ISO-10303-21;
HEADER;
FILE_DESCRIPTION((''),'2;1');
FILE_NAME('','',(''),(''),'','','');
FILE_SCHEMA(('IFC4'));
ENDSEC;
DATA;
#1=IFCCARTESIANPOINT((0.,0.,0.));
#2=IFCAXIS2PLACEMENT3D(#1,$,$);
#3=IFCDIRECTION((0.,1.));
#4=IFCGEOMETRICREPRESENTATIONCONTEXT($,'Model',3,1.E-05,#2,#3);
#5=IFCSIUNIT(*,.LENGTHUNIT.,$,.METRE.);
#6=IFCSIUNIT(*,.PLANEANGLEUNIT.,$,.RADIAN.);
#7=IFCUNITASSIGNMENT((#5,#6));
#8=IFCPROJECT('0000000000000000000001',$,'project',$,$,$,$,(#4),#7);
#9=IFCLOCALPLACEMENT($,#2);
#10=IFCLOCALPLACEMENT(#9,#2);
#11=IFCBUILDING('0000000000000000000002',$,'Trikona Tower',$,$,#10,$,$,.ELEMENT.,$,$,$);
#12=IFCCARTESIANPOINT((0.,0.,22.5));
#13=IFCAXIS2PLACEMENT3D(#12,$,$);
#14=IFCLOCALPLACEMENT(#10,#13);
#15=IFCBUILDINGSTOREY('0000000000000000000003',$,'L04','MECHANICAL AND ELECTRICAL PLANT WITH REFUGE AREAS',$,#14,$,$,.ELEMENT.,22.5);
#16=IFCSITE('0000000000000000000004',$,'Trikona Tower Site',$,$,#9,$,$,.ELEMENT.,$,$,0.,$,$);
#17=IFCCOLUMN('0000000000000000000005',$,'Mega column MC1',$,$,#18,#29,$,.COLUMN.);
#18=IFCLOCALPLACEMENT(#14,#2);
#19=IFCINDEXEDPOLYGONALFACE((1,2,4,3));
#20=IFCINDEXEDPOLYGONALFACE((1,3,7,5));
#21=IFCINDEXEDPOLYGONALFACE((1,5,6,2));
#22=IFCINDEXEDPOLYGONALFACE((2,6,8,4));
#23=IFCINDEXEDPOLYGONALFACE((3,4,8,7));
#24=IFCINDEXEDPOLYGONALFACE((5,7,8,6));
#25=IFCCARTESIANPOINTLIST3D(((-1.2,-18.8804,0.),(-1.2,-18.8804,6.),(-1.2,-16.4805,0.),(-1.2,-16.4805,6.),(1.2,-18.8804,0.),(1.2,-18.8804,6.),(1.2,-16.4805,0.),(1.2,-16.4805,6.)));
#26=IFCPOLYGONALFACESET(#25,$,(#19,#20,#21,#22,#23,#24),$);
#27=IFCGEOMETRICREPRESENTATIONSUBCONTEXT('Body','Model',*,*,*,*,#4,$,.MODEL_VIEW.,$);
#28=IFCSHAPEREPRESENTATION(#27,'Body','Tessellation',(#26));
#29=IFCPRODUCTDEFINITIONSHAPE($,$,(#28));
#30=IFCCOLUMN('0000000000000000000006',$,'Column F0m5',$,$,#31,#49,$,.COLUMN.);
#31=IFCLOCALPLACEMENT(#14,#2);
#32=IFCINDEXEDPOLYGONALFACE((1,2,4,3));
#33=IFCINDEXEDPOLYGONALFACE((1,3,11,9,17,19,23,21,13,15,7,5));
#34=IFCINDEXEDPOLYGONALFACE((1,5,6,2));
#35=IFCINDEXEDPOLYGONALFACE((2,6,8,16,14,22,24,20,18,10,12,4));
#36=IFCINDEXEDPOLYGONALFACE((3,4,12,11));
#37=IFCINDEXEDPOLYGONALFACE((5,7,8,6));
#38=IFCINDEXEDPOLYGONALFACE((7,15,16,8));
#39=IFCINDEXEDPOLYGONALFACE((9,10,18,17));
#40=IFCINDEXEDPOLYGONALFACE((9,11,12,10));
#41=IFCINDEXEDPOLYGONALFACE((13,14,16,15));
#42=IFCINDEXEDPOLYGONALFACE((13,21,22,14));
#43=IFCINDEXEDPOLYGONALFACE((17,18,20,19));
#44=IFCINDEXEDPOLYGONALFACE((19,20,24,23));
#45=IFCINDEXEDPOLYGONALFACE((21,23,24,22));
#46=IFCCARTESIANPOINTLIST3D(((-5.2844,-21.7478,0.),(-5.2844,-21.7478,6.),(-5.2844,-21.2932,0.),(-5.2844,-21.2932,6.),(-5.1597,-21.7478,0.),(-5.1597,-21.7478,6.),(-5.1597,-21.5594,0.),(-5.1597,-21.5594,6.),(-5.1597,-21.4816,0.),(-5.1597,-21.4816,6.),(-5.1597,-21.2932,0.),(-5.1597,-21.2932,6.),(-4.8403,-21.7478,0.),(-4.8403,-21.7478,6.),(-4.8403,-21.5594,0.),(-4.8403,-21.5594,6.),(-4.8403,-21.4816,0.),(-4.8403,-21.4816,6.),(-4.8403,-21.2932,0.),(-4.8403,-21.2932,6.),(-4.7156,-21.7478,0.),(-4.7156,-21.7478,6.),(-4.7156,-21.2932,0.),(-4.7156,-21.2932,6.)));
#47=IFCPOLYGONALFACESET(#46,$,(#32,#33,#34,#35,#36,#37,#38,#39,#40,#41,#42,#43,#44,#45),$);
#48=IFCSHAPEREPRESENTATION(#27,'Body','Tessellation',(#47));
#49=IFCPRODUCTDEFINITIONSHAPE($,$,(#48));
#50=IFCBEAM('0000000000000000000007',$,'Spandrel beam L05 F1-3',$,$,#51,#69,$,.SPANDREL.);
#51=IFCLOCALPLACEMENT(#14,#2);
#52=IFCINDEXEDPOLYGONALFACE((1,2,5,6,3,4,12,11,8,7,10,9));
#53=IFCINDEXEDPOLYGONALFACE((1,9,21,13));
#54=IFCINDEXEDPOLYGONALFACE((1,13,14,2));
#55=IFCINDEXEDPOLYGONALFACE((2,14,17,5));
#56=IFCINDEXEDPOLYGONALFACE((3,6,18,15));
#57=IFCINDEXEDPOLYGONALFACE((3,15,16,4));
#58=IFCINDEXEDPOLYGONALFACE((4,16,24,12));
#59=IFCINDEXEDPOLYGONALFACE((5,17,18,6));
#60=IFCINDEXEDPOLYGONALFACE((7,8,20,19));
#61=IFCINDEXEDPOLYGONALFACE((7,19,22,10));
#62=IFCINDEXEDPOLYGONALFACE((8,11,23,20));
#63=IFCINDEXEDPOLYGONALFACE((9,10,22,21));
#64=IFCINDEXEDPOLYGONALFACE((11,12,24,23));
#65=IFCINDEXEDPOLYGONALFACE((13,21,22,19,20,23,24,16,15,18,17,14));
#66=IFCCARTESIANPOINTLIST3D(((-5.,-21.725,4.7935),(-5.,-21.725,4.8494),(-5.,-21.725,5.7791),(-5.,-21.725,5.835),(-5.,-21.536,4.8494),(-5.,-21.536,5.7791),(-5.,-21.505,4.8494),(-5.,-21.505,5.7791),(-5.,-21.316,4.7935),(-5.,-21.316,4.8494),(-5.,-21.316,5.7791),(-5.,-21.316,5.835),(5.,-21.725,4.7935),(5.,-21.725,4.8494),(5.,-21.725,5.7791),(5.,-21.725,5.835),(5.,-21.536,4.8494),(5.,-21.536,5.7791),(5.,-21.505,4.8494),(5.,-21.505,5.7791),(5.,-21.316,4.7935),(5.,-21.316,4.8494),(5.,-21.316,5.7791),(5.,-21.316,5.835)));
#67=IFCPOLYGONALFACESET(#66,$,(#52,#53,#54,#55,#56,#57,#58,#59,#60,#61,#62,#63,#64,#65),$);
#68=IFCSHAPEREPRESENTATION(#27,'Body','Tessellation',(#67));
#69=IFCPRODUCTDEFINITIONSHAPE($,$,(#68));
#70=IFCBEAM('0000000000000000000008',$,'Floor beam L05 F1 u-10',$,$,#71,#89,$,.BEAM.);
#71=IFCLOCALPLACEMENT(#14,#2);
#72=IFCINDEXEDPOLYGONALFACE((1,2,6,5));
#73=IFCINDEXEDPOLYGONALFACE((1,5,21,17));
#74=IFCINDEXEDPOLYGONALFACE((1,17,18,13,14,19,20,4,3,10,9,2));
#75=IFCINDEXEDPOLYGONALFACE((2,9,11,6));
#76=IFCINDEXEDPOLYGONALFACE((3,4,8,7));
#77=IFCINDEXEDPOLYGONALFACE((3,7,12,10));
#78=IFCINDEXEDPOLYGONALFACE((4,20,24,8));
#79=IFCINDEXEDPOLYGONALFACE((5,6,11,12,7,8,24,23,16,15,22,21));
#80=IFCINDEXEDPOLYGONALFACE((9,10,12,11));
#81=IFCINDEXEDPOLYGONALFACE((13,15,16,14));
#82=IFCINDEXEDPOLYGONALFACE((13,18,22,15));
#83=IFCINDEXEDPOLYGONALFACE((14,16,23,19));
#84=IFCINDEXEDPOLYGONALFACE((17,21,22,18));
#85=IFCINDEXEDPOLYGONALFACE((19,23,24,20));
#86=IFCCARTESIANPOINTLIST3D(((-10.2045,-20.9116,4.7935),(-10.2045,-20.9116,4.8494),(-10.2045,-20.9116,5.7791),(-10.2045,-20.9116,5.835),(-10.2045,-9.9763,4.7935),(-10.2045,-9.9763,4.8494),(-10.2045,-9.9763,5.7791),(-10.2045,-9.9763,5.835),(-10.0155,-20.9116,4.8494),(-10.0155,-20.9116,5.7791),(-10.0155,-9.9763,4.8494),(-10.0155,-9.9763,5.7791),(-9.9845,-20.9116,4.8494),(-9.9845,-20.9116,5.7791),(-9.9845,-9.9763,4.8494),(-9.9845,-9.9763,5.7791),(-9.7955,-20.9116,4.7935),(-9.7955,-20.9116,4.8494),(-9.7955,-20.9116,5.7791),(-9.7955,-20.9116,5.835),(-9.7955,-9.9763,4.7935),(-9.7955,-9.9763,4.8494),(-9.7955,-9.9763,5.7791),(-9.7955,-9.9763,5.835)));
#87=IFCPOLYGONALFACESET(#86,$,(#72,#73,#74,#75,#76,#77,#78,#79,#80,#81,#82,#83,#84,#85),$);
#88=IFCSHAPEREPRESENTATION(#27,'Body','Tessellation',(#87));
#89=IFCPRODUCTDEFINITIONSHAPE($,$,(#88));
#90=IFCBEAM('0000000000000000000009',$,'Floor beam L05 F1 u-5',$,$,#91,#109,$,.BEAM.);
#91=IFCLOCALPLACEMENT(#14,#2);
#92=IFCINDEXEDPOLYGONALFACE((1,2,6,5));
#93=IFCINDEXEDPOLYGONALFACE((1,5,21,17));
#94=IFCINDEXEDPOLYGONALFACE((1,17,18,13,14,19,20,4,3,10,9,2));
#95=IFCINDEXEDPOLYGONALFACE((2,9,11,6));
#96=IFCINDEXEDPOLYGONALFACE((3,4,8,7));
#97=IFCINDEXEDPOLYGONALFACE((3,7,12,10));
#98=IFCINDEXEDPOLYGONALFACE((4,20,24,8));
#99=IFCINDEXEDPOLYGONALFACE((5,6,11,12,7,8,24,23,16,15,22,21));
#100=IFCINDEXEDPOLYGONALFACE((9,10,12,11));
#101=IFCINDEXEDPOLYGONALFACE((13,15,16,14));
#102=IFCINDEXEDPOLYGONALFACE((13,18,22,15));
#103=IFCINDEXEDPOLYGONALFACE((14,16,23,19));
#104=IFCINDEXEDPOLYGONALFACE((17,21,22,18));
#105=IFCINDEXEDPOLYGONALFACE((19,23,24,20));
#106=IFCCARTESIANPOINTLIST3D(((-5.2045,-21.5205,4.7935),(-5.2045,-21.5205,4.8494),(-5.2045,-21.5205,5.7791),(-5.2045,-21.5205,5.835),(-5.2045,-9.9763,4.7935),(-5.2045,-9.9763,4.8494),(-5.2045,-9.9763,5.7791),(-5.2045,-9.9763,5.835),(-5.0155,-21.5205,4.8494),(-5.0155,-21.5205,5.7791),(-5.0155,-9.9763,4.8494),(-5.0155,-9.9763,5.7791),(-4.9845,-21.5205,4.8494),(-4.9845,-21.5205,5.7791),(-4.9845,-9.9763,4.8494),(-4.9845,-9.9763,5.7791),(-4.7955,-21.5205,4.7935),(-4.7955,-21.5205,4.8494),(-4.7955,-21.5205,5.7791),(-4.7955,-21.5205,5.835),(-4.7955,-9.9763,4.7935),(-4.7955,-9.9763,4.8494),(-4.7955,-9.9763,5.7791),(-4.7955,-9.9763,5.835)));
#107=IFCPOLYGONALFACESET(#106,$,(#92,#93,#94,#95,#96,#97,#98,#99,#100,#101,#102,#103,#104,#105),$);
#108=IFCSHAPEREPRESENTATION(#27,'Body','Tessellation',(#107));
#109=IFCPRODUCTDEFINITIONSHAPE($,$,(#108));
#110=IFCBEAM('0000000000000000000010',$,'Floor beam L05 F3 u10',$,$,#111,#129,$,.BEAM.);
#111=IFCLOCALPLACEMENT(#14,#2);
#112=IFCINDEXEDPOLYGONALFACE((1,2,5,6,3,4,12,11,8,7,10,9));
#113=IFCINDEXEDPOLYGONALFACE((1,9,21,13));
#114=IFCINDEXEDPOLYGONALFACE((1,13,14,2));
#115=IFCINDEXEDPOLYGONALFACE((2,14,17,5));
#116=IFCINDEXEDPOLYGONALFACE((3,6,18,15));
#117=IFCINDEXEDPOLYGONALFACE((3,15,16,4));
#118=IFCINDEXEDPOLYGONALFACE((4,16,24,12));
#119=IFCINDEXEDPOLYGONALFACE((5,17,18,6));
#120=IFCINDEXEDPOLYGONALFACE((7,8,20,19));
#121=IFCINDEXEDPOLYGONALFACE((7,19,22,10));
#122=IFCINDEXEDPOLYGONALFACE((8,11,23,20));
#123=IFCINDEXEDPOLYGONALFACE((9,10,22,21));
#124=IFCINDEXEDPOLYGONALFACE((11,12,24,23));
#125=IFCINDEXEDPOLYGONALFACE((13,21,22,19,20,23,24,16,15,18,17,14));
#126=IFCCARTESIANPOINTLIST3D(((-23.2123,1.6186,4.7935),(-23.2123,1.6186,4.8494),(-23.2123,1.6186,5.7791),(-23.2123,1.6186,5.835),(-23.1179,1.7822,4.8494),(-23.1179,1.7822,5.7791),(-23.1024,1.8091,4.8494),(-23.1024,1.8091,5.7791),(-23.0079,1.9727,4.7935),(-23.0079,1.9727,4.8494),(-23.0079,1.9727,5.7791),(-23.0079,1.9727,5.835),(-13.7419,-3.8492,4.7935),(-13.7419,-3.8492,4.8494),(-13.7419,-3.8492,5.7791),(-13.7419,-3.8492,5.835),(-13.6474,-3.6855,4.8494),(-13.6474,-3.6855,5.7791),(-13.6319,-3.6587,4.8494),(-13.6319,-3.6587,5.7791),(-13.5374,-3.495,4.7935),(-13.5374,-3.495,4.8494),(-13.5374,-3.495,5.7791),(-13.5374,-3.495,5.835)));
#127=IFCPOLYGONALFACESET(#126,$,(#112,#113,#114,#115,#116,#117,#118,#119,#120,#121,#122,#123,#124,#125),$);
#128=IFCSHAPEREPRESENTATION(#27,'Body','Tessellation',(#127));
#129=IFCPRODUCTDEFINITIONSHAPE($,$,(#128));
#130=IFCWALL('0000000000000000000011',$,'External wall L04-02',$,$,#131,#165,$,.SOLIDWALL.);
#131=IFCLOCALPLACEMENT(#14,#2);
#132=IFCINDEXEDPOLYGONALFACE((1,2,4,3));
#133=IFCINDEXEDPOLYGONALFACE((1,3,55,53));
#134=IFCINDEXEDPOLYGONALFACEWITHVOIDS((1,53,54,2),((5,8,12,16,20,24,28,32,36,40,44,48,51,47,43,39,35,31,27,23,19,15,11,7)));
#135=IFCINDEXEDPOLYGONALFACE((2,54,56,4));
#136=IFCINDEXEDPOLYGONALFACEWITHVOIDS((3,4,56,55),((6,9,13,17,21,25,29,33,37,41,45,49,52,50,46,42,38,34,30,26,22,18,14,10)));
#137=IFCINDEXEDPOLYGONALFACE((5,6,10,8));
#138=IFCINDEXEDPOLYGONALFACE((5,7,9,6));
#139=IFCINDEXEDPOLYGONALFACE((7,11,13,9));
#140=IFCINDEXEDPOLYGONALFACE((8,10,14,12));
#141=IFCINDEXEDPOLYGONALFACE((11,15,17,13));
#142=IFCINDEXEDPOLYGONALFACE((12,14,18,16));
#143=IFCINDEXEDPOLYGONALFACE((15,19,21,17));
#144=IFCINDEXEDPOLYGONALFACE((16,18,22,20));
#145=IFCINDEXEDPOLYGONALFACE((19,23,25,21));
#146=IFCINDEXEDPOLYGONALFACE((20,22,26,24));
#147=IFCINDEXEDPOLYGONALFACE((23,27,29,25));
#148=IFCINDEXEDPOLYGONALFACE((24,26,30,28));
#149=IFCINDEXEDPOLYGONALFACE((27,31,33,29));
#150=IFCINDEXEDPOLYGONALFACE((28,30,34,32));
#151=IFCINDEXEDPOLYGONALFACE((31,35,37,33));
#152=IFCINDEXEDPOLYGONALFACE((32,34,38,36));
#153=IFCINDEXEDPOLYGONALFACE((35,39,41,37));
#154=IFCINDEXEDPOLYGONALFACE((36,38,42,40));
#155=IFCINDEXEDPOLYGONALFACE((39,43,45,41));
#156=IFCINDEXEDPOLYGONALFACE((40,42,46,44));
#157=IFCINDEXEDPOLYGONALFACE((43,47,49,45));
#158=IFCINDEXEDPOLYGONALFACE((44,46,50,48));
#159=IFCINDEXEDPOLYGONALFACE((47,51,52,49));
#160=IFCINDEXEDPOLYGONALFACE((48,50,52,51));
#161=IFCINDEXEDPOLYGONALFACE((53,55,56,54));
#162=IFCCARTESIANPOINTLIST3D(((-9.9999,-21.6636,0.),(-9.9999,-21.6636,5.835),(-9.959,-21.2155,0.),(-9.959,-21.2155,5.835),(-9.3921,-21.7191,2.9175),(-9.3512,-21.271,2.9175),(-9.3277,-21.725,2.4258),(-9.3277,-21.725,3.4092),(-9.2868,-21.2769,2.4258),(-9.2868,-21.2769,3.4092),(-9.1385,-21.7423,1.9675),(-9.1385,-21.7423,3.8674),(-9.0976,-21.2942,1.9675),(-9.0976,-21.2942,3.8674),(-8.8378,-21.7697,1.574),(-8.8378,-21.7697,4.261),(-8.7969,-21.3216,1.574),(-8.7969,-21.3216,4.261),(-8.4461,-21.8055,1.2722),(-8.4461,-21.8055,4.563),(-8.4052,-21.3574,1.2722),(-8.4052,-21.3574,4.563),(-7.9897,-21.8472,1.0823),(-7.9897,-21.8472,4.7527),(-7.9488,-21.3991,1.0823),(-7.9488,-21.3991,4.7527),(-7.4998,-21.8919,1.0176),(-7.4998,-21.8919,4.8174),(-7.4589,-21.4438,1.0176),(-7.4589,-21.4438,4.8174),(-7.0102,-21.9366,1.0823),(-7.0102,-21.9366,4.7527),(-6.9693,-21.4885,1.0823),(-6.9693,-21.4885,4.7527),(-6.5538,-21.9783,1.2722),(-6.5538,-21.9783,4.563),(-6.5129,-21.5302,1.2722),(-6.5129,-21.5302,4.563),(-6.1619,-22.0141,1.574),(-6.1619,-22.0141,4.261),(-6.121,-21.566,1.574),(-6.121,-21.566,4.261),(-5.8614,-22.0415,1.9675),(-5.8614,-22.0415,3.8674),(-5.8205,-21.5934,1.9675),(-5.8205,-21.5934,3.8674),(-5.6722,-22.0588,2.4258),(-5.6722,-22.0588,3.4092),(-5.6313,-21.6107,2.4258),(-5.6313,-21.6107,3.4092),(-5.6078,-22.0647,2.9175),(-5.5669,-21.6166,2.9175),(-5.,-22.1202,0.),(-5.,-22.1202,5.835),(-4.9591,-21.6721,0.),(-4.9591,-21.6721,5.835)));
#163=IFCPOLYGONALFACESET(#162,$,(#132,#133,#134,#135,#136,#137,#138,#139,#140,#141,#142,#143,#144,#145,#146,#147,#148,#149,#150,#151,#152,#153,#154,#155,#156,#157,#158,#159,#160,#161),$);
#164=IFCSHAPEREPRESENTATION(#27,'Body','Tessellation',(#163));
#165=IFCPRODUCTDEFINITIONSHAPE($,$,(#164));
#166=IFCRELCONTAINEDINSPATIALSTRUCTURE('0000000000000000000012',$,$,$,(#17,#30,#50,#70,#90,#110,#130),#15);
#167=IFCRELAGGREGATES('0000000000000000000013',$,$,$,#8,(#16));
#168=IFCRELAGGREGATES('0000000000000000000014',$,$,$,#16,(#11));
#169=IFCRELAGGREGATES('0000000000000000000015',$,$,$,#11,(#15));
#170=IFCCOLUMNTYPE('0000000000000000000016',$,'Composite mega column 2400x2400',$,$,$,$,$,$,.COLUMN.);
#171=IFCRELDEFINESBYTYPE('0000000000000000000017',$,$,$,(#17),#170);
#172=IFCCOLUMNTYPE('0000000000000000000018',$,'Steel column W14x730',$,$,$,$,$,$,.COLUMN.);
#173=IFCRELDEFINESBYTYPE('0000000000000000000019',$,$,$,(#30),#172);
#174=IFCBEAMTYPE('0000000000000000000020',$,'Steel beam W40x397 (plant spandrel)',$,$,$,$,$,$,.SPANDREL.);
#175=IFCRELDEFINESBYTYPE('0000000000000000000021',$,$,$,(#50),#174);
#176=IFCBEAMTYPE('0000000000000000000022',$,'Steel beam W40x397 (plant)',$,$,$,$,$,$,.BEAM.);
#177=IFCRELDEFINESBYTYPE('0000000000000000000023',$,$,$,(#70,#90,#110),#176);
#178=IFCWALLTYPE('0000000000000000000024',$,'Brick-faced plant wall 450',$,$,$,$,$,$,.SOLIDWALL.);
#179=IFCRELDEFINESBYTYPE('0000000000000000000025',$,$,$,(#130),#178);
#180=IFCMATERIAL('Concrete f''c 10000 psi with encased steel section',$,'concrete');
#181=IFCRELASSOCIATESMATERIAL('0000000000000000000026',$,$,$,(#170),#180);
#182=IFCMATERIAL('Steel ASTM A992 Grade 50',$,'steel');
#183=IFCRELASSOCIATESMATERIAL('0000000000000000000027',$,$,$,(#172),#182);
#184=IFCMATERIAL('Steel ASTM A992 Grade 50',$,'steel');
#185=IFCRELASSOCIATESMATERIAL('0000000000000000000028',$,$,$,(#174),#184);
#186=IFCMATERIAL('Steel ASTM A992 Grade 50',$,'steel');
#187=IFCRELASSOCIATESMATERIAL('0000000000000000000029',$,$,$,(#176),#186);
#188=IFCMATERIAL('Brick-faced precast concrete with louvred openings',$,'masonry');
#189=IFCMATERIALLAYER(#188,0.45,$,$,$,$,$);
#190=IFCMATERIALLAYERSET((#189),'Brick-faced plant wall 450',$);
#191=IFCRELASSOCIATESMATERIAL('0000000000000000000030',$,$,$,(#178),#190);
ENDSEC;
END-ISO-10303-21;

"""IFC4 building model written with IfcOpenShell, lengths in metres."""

from ifc_helpers import new_model, si_unit, direction, frame, origin, origin_2d, place, context, subcontext, project, spatial, polyline, rectangle, i_section, outline, extrude, material, layer, layer_set, material_profile, profile_set, type_object, element, save


model = new_model("IFC4")

# Units and contexts
model_context = context("Model", 3, precision=1e-05, world=origin(), true_north=direction((0.0, 1.0)))
body_context = subcontext(model_context, "Body", "Model", "MODEL_VIEW")
ifc_project = project(units=[si_unit("LENGTHUNIT", "METRE"), si_unit("PLANEANGLEUNIT", "RADIAN")], contexts=[model_context])

# Site, building, storey
site_placement = place(None, origin())
site = spatial("IfcSite", under=ifc_project, at=site_placement, Name="Trikona Tower Site", CompositionType="ELEMENT", RefElevation=0.0)
building_placement = place(site_placement, origin())
building = spatial("IfcBuilding", under=site, at=building_placement, Name="Trikona Tower", CompositionType="ELEMENT")
storey_placement = place(building_placement, frame((0.0, 0.0, 22.5)))
storey = spatial("IfcBuildingStorey", under=building, at=storey_placement, Name="L04", Description="MECHANICAL AND ELECTRICAL PLANT WITH REFUGE AREAS", CompositionType="ELEMENT", Elevation=22.5)

# Columns
ifc_material_1 = material(Name="Concrete f'c 10000 psi with encased steel section", Category="concrete")
ifc_material_profile_1 = material_profile(ifc_material_1, rectangle(XDim=2.3999, YDim=2.3999, at=origin_2d()), Name="MC2400")
ifc_profile_set_1 = profile_set([ifc_material_profile_1], Name="Concrete f'c 10000 psi with encased steel section")
column_type_1 = type_object("IfcColumnType", Name="Composite mega column 2400x2400", PredefinedType="COLUMN", material=ifc_profile_set_1)
column_1_placement = place(storey_placement, frame((0.0, -17.6804, 0.0), z_axis=(0.0, 0.0, 1.0), x_axis=(0.0, -1.0, 0.0)))
element("IfcColumn", 1, at=column_1_placement, inside=storey, type_object=column_type_1, Name="Mega column MC1", PredefinedType="COLUMN", context=body_context, shape_type="SweptSolid", body=[
    extrude(rectangle(XDim=2.3999, YDim=2.3999, at=origin_2d()), origin(), (0.0, 0.0, 1.0), 6.0),
])
ifc_material_2 = material(Name="Steel ASTM A992 Grade 50", Category="steel")
ifc_material_profile_2 = material_profile(ifc_material_2, i_section(OverallWidth=0.4546, OverallDepth=0.5688, WebThickness=0.0779, FlangeThickness=0.1248, at=origin_2d()), Name="W14X730")
ifc_profile_set_2 = profile_set([ifc_material_profile_2], Name="Steel ASTM A992 Grade 50")
column_type_2 = type_object("IfcColumnType", Name="Steel column W14x730", PredefinedType="COLUMN", material=ifc_profile_set_2)
column_2_placement = place(storey_placement, frame((-5.0, -21.5205, 0.0), z_axis=(0.0, 0.0, 1.0), x_axis=(0.0, -1.0, 0.0)))
element("IfcColumn", 2, at=column_2_placement, inside=storey, type_object=column_type_2, Name="Column F0m5", PredefinedType="COLUMN", context=body_context, shape_type="SweptSolid", body=[
    extrude(i_section(OverallWidth=0.4546, OverallDepth=0.5688, WebThickness=0.0779, FlangeThickness=0.1248, at=origin_2d()), origin(), (0.0, 0.0, 1.0), 6.0),
])

# Beams
ifc_material_3 = material(Name="Steel ASTM A992 Grade 50", Category="steel")
ifc_material_profile_3 = material_profile(ifc_material_3, i_section(OverallWidth=0.4089, OverallDepth=1.0415, WebThickness=0.031, FlangeThickness=0.0559, at=origin_2d()), Name="W40X397")
ifc_profile_set_3 = profile_set([ifc_material_profile_3], Name="Steel ASTM A992 Grade 50")
beam_type_1 = type_object("IfcBeamType", Name="Steel beam W40x397 (plant spandrel)", PredefinedType="SPANDREL", material=ifc_profile_set_3)
beam_1_placement = place(storey_placement, frame((-5.0, -21.5205, 5.3142), z_axis=(1.0, 0.0, 0.0), x_axis=(0.0, 1.0, 0.0)))
element("IfcBeam", 3, at=beam_1_placement, inside=storey, type_object=beam_type_1, Name="Spandrel beam L05 F1-3", PredefinedType="SPANDREL", context=body_context, shape_type="SweptSolid", body=[
    extrude(i_section(OverallWidth=0.4089, OverallDepth=1.0415, WebThickness=0.031, FlangeThickness=0.0559, at=origin_2d()), origin(), (0.0, 0.0, 1.0), 10.0),
])
ifc_material_4 = material(Name="Steel ASTM A992 Grade 50", Category="steel")
ifc_material_profile_4 = material_profile(ifc_material_4, i_section(OverallWidth=0.4089, OverallDepth=1.0415, WebThickness=0.031, FlangeThickness=0.0559, at=origin_2d()), Name="W40X397")
ifc_profile_set_4 = profile_set([ifc_material_profile_4], Name="Steel ASTM A992 Grade 50")
beam_type_2 = type_object("IfcBeamType", Name="Steel beam W40x397 (plant)", PredefinedType="BEAM", material=ifc_profile_set_4)
beam_2_placement = place(storey_placement, frame((-10.0, -9.9763, 5.3142), z_axis=(0.0, -1.0, 0.0), x_axis=(1.0, 0.0, 0.0)))
element("IfcBeam", 4, at=beam_2_placement, inside=storey, type_object=beam_type_2, Name="Floor beam L05 F1 u-10", PredefinedType="BEAM", context=body_context, shape_type="SweptSolid", body=[
    extrude(i_section(OverallWidth=0.4089, OverallDepth=1.0415, WebThickness=0.031, FlangeThickness=0.0559, at=origin_2d()), origin(), (0.0, 0.0, 1.0), 10.9353),
])
beam_3_placement = place(storey_placement, frame((-5.0, -9.9763, 5.3142), z_axis=(0.0, -1.0, 0.0), x_axis=(1.0, 0.0, 0.0)))
element("IfcBeam", 5, at=beam_3_placement, inside=storey, type_object=beam_type_2, Name="Floor beam L05 F1 u-5", PredefinedType="BEAM", context=body_context, shape_type="SweptSolid", body=[
    extrude(i_section(OverallWidth=0.4089, OverallDepth=1.0415, WebThickness=0.031, FlangeThickness=0.0559, at=origin_2d()), origin(), (0.0, 0.0, 1.0), 11.5442),
])
beam_4_placement = place(storey_placement, frame((-13.6396, -3.6721, 5.3142), z_axis=(-0.866025, 0.5, 0.0), x_axis=(-0.5, -0.866025, 0.0)))
element("IfcBeam", 6, at=beam_4_placement, inside=storey, type_object=beam_type_2, Name="Floor beam L05 F3 u10", PredefinedType="BEAM", context=body_context, shape_type="SweptSolid", body=[
    extrude(i_section(OverallWidth=0.4089, OverallDepth=1.0415, WebThickness=0.031, FlangeThickness=0.0559, at=origin_2d()), origin(), (0.0, 0.0, 1.0), 10.9355),
])

# Wall
ifc_material_5 = material(Name="Brick-faced precast concrete with louvred openings", Category="masonry")
ifc_layer_1 = layer(ifc_material_5, 0.45)
ifc_layer_set_1 = layer_set([ifc_layer_1], Name="Brick-faced plant wall 450")
wall_type_1 = type_object("IfcWallType", Name="Brick-faced plant wall 450", PredefinedType="SOLIDWALL", material=ifc_layer_set_1)
wall_1_placement = place(storey_placement, frame((-9.9795, -21.4397, 0.0), z_axis=(0.0, 0.0, 1.0), x_axis=(0.995857, -0.09093, 0.0)))
element("IfcWall", 7, at=wall_1_placement, inside=storey, type_object=wall_type_1, Name="External wall L04-02", PredefinedType="SOLIDWALL", context=body_context, shape_type="SweptSolid", body=[
    extrude(outline(polyline([(0.0, 0.0), (5.0208, 0.0), (5.0208, 5.835), (0.0, 5.835), (0.0, 0.0)]), holes=[polyline([(4.4104, 2.9175), (4.3457, 3.4092), (4.1558, 3.8674), (3.854, 4.261), (3.4604, 4.563), (3.0022, 4.7527), (2.5105, 4.8174), (2.0186, 4.7527), (1.5603, 4.563), (1.167, 4.261), (0.865, 3.8674), (0.675, 3.4092), (0.6104, 2.9175), (0.675, 2.4258), (0.865, 1.9675), (1.167, 1.574), (1.5603, 1.2722), (2.0186, 1.0823), (2.5105, 1.0176), (3.0022, 1.0823), (3.4604, 1.2722), (3.854, 1.574), (4.1558, 1.9675), (4.3457, 2.4258), (4.4104, 2.9175)])]), frame((0.0, 0.2251, 0.0), z_axis=(0.0, -1.0, 0.0), x_axis=(1.0, 0.0, 0.0)), (0.0, 0.0, 1.0), 0.45),
])

save(model, "model.ifc")
